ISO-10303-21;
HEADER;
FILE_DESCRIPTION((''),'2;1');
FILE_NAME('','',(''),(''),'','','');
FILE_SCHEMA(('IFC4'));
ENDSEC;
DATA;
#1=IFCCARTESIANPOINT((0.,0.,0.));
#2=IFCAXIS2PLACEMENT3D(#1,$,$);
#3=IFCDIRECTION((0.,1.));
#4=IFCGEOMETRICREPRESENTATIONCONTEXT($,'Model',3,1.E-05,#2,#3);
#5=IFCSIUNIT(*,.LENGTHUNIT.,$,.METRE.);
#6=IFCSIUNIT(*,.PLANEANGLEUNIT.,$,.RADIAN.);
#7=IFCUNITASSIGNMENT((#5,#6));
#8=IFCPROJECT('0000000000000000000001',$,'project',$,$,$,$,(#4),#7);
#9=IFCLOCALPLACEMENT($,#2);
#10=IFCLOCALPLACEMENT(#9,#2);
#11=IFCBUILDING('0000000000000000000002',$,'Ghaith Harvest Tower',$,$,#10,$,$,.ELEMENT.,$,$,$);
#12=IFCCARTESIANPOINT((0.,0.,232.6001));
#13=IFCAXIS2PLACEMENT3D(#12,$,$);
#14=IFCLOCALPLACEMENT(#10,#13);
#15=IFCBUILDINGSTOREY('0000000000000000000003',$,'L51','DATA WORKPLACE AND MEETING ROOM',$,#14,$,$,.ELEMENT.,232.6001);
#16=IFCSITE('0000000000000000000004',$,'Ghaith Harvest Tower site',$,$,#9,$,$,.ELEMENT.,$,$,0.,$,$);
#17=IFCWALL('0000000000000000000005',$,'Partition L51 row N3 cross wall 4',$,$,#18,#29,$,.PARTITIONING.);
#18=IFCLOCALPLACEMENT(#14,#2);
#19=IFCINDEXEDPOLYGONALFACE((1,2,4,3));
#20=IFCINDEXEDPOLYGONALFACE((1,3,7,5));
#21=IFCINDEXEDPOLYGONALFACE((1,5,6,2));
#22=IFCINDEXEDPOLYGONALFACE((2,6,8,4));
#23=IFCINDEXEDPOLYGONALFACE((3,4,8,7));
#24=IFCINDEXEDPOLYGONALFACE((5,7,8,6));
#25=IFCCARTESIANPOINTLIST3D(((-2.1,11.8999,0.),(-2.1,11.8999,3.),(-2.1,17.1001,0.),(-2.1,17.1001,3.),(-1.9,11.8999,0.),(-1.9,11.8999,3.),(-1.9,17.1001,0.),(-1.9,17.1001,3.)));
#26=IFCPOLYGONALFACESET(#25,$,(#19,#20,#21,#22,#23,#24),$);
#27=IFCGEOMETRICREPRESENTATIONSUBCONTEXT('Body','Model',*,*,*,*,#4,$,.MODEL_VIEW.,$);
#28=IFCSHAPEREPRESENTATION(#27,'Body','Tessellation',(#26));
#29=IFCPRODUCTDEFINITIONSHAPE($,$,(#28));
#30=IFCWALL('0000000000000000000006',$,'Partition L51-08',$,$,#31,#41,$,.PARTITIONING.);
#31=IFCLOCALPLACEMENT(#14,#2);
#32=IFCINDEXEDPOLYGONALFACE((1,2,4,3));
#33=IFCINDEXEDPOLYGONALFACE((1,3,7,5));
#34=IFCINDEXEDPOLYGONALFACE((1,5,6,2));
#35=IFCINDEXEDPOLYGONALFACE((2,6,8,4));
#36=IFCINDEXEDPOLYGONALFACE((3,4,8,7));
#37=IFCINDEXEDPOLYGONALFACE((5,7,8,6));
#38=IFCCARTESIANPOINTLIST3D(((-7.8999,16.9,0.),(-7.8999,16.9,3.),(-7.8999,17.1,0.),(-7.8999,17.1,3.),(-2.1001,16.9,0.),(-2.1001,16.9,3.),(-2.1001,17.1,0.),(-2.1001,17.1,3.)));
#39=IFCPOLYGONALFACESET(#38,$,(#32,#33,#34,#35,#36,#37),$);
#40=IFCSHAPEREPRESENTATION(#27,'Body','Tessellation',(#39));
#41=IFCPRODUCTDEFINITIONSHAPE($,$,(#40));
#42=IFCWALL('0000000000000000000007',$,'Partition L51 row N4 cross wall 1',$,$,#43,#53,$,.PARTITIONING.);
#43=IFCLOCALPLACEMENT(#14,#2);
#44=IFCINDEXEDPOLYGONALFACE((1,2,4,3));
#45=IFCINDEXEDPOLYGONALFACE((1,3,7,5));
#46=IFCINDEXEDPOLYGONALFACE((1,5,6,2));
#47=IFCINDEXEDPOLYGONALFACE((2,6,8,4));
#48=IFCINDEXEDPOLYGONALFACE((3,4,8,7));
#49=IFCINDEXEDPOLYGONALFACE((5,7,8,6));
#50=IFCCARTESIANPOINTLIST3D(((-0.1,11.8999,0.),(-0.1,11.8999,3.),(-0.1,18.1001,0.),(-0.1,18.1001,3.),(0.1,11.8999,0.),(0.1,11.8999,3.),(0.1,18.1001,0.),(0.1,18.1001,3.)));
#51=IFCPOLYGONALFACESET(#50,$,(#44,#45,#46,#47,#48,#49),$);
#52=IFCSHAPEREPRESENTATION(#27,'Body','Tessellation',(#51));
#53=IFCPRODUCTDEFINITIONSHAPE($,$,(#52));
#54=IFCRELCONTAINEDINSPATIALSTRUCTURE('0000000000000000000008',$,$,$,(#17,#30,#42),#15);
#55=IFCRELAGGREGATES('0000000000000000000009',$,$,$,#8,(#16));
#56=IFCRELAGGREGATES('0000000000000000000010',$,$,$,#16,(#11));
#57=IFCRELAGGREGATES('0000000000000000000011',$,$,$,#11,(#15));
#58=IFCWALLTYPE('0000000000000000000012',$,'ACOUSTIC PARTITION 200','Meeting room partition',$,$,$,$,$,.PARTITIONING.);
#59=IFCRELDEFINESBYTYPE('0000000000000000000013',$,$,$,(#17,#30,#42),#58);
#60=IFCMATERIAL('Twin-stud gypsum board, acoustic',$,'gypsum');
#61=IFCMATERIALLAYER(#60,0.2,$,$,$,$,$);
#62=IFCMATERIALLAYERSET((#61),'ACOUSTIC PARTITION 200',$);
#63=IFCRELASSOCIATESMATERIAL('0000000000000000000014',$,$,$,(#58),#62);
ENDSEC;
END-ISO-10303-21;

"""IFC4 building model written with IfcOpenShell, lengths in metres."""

from ifc_helpers import new_model, si_unit, direction, frame, frame_2d, origin, place, context, subcontext, project, spatial, rectangle, extrude, material, layer, layer_set, type_object, element, save


model = new_model("IFC4")

# Units and contexts
model_context = context("Model", 3, precision=1e-05, world=origin(), true_north=direction((0.0, 1.0)))
body_context = subcontext(model_context, "Body", "Model", "MODEL_VIEW")
ifc_project = project(units=[si_unit("LENGTHUNIT", "METRE"), si_unit("PLANEANGLEUNIT", "RADIAN")], contexts=[model_context])

# Site, building, storey
site_placement = place(None, origin())
site = spatial("IfcSite", under=ifc_project, at=site_placement, Name="Ghaith Harvest Tower site", CompositionType="ELEMENT", RefElevation=0.0)
building_placement = place(site_placement, origin())
building = spatial("IfcBuilding", under=site, at=building_placement, Name="Ghaith Harvest Tower", CompositionType="ELEMENT")
storey_placement = place(building_placement, frame((0.0, 0.0, 232.6001)))
storey = spatial("IfcBuildingStorey", under=building, at=storey_placement, Name="L51", Description="DATA WORKPLACE AND MEETING ROOM", CompositionType="ELEMENT", Elevation=232.6001)

# Wall
ifc_material_1 = material(Name="Twin-stud gypsum board, acoustic", Category="gypsum")
ifc_layer_1 = layer(ifc_material_1, 0.2)
ifc_layer_set_1 = layer_set([ifc_layer_1], Name="ACOUSTIC PARTITION 200")
wall_type = type_object("IfcWallType", Name="ACOUSTIC PARTITION 200", Description="Meeting room partition", PredefinedType="PARTITIONING", material=ifc_layer_set_1)
for number, where, z_axis, x_axis, name in (
    (1, (-2.0, 11.8999, 0.0), (0.0, 0.0, 1.0), (0.0, 1.0, 0.0), "Partition L51 row N3 cross wall 4"),
):
    element("IfcWall", number, at=place(storey_placement, frame(where, z_axis=z_axis, x_axis=x_axis)), inside=storey, type_object=wall_type, Name=name, PredefinedType="PARTITIONING", context=body_context, shape_type="SweptSolid", body=[
        extrude(rectangle(XDim=5.2002, YDim=0.2, at=frame_2d((2.6001, 0.0))), origin(), (0.0, 0.0, 1.0), 3.0),
    ])

# Walls
wall_1_placement = place(storey_placement, frame((-7.8999, 17.0, 0.0), z_axis=(0.0, 0.0, 1.0), x_axis=(1.0, 0.0, 0.0)))
element("IfcWall", 2, at=wall_1_placement, inside=storey, type_object=wall_type, Name="Partition L51-08", PredefinedType="PARTITIONING", context=body_context, shape_type="SweptSolid", body=[
    extrude(rectangle(XDim=5.7998, YDim=0.2, at=frame_2d((2.8999, 0.0))), origin(), (0.0, 0.0, 1.0), 3.0),
])
wall_2_placement = place(storey_placement, frame((0.0, 11.8999, 0.0), z_axis=(0.0, 0.0, 1.0), x_axis=(0.0, 1.0, 0.0)))
element("IfcWall", 3, at=wall_2_placement, inside=storey, type_object=wall_type, Name="Partition L51 row N4 cross wall 1", PredefinedType="PARTITIONING", context=body_context, shape_type="SweptSolid", body=[
    extrude(rectangle(XDim=6.2002, YDim=0.2, at=frame_2d((3.1001, 0.0))), origin(), (0.0, 0.0, 1.0), 3.0),
])

save(model, "model.ifc")
